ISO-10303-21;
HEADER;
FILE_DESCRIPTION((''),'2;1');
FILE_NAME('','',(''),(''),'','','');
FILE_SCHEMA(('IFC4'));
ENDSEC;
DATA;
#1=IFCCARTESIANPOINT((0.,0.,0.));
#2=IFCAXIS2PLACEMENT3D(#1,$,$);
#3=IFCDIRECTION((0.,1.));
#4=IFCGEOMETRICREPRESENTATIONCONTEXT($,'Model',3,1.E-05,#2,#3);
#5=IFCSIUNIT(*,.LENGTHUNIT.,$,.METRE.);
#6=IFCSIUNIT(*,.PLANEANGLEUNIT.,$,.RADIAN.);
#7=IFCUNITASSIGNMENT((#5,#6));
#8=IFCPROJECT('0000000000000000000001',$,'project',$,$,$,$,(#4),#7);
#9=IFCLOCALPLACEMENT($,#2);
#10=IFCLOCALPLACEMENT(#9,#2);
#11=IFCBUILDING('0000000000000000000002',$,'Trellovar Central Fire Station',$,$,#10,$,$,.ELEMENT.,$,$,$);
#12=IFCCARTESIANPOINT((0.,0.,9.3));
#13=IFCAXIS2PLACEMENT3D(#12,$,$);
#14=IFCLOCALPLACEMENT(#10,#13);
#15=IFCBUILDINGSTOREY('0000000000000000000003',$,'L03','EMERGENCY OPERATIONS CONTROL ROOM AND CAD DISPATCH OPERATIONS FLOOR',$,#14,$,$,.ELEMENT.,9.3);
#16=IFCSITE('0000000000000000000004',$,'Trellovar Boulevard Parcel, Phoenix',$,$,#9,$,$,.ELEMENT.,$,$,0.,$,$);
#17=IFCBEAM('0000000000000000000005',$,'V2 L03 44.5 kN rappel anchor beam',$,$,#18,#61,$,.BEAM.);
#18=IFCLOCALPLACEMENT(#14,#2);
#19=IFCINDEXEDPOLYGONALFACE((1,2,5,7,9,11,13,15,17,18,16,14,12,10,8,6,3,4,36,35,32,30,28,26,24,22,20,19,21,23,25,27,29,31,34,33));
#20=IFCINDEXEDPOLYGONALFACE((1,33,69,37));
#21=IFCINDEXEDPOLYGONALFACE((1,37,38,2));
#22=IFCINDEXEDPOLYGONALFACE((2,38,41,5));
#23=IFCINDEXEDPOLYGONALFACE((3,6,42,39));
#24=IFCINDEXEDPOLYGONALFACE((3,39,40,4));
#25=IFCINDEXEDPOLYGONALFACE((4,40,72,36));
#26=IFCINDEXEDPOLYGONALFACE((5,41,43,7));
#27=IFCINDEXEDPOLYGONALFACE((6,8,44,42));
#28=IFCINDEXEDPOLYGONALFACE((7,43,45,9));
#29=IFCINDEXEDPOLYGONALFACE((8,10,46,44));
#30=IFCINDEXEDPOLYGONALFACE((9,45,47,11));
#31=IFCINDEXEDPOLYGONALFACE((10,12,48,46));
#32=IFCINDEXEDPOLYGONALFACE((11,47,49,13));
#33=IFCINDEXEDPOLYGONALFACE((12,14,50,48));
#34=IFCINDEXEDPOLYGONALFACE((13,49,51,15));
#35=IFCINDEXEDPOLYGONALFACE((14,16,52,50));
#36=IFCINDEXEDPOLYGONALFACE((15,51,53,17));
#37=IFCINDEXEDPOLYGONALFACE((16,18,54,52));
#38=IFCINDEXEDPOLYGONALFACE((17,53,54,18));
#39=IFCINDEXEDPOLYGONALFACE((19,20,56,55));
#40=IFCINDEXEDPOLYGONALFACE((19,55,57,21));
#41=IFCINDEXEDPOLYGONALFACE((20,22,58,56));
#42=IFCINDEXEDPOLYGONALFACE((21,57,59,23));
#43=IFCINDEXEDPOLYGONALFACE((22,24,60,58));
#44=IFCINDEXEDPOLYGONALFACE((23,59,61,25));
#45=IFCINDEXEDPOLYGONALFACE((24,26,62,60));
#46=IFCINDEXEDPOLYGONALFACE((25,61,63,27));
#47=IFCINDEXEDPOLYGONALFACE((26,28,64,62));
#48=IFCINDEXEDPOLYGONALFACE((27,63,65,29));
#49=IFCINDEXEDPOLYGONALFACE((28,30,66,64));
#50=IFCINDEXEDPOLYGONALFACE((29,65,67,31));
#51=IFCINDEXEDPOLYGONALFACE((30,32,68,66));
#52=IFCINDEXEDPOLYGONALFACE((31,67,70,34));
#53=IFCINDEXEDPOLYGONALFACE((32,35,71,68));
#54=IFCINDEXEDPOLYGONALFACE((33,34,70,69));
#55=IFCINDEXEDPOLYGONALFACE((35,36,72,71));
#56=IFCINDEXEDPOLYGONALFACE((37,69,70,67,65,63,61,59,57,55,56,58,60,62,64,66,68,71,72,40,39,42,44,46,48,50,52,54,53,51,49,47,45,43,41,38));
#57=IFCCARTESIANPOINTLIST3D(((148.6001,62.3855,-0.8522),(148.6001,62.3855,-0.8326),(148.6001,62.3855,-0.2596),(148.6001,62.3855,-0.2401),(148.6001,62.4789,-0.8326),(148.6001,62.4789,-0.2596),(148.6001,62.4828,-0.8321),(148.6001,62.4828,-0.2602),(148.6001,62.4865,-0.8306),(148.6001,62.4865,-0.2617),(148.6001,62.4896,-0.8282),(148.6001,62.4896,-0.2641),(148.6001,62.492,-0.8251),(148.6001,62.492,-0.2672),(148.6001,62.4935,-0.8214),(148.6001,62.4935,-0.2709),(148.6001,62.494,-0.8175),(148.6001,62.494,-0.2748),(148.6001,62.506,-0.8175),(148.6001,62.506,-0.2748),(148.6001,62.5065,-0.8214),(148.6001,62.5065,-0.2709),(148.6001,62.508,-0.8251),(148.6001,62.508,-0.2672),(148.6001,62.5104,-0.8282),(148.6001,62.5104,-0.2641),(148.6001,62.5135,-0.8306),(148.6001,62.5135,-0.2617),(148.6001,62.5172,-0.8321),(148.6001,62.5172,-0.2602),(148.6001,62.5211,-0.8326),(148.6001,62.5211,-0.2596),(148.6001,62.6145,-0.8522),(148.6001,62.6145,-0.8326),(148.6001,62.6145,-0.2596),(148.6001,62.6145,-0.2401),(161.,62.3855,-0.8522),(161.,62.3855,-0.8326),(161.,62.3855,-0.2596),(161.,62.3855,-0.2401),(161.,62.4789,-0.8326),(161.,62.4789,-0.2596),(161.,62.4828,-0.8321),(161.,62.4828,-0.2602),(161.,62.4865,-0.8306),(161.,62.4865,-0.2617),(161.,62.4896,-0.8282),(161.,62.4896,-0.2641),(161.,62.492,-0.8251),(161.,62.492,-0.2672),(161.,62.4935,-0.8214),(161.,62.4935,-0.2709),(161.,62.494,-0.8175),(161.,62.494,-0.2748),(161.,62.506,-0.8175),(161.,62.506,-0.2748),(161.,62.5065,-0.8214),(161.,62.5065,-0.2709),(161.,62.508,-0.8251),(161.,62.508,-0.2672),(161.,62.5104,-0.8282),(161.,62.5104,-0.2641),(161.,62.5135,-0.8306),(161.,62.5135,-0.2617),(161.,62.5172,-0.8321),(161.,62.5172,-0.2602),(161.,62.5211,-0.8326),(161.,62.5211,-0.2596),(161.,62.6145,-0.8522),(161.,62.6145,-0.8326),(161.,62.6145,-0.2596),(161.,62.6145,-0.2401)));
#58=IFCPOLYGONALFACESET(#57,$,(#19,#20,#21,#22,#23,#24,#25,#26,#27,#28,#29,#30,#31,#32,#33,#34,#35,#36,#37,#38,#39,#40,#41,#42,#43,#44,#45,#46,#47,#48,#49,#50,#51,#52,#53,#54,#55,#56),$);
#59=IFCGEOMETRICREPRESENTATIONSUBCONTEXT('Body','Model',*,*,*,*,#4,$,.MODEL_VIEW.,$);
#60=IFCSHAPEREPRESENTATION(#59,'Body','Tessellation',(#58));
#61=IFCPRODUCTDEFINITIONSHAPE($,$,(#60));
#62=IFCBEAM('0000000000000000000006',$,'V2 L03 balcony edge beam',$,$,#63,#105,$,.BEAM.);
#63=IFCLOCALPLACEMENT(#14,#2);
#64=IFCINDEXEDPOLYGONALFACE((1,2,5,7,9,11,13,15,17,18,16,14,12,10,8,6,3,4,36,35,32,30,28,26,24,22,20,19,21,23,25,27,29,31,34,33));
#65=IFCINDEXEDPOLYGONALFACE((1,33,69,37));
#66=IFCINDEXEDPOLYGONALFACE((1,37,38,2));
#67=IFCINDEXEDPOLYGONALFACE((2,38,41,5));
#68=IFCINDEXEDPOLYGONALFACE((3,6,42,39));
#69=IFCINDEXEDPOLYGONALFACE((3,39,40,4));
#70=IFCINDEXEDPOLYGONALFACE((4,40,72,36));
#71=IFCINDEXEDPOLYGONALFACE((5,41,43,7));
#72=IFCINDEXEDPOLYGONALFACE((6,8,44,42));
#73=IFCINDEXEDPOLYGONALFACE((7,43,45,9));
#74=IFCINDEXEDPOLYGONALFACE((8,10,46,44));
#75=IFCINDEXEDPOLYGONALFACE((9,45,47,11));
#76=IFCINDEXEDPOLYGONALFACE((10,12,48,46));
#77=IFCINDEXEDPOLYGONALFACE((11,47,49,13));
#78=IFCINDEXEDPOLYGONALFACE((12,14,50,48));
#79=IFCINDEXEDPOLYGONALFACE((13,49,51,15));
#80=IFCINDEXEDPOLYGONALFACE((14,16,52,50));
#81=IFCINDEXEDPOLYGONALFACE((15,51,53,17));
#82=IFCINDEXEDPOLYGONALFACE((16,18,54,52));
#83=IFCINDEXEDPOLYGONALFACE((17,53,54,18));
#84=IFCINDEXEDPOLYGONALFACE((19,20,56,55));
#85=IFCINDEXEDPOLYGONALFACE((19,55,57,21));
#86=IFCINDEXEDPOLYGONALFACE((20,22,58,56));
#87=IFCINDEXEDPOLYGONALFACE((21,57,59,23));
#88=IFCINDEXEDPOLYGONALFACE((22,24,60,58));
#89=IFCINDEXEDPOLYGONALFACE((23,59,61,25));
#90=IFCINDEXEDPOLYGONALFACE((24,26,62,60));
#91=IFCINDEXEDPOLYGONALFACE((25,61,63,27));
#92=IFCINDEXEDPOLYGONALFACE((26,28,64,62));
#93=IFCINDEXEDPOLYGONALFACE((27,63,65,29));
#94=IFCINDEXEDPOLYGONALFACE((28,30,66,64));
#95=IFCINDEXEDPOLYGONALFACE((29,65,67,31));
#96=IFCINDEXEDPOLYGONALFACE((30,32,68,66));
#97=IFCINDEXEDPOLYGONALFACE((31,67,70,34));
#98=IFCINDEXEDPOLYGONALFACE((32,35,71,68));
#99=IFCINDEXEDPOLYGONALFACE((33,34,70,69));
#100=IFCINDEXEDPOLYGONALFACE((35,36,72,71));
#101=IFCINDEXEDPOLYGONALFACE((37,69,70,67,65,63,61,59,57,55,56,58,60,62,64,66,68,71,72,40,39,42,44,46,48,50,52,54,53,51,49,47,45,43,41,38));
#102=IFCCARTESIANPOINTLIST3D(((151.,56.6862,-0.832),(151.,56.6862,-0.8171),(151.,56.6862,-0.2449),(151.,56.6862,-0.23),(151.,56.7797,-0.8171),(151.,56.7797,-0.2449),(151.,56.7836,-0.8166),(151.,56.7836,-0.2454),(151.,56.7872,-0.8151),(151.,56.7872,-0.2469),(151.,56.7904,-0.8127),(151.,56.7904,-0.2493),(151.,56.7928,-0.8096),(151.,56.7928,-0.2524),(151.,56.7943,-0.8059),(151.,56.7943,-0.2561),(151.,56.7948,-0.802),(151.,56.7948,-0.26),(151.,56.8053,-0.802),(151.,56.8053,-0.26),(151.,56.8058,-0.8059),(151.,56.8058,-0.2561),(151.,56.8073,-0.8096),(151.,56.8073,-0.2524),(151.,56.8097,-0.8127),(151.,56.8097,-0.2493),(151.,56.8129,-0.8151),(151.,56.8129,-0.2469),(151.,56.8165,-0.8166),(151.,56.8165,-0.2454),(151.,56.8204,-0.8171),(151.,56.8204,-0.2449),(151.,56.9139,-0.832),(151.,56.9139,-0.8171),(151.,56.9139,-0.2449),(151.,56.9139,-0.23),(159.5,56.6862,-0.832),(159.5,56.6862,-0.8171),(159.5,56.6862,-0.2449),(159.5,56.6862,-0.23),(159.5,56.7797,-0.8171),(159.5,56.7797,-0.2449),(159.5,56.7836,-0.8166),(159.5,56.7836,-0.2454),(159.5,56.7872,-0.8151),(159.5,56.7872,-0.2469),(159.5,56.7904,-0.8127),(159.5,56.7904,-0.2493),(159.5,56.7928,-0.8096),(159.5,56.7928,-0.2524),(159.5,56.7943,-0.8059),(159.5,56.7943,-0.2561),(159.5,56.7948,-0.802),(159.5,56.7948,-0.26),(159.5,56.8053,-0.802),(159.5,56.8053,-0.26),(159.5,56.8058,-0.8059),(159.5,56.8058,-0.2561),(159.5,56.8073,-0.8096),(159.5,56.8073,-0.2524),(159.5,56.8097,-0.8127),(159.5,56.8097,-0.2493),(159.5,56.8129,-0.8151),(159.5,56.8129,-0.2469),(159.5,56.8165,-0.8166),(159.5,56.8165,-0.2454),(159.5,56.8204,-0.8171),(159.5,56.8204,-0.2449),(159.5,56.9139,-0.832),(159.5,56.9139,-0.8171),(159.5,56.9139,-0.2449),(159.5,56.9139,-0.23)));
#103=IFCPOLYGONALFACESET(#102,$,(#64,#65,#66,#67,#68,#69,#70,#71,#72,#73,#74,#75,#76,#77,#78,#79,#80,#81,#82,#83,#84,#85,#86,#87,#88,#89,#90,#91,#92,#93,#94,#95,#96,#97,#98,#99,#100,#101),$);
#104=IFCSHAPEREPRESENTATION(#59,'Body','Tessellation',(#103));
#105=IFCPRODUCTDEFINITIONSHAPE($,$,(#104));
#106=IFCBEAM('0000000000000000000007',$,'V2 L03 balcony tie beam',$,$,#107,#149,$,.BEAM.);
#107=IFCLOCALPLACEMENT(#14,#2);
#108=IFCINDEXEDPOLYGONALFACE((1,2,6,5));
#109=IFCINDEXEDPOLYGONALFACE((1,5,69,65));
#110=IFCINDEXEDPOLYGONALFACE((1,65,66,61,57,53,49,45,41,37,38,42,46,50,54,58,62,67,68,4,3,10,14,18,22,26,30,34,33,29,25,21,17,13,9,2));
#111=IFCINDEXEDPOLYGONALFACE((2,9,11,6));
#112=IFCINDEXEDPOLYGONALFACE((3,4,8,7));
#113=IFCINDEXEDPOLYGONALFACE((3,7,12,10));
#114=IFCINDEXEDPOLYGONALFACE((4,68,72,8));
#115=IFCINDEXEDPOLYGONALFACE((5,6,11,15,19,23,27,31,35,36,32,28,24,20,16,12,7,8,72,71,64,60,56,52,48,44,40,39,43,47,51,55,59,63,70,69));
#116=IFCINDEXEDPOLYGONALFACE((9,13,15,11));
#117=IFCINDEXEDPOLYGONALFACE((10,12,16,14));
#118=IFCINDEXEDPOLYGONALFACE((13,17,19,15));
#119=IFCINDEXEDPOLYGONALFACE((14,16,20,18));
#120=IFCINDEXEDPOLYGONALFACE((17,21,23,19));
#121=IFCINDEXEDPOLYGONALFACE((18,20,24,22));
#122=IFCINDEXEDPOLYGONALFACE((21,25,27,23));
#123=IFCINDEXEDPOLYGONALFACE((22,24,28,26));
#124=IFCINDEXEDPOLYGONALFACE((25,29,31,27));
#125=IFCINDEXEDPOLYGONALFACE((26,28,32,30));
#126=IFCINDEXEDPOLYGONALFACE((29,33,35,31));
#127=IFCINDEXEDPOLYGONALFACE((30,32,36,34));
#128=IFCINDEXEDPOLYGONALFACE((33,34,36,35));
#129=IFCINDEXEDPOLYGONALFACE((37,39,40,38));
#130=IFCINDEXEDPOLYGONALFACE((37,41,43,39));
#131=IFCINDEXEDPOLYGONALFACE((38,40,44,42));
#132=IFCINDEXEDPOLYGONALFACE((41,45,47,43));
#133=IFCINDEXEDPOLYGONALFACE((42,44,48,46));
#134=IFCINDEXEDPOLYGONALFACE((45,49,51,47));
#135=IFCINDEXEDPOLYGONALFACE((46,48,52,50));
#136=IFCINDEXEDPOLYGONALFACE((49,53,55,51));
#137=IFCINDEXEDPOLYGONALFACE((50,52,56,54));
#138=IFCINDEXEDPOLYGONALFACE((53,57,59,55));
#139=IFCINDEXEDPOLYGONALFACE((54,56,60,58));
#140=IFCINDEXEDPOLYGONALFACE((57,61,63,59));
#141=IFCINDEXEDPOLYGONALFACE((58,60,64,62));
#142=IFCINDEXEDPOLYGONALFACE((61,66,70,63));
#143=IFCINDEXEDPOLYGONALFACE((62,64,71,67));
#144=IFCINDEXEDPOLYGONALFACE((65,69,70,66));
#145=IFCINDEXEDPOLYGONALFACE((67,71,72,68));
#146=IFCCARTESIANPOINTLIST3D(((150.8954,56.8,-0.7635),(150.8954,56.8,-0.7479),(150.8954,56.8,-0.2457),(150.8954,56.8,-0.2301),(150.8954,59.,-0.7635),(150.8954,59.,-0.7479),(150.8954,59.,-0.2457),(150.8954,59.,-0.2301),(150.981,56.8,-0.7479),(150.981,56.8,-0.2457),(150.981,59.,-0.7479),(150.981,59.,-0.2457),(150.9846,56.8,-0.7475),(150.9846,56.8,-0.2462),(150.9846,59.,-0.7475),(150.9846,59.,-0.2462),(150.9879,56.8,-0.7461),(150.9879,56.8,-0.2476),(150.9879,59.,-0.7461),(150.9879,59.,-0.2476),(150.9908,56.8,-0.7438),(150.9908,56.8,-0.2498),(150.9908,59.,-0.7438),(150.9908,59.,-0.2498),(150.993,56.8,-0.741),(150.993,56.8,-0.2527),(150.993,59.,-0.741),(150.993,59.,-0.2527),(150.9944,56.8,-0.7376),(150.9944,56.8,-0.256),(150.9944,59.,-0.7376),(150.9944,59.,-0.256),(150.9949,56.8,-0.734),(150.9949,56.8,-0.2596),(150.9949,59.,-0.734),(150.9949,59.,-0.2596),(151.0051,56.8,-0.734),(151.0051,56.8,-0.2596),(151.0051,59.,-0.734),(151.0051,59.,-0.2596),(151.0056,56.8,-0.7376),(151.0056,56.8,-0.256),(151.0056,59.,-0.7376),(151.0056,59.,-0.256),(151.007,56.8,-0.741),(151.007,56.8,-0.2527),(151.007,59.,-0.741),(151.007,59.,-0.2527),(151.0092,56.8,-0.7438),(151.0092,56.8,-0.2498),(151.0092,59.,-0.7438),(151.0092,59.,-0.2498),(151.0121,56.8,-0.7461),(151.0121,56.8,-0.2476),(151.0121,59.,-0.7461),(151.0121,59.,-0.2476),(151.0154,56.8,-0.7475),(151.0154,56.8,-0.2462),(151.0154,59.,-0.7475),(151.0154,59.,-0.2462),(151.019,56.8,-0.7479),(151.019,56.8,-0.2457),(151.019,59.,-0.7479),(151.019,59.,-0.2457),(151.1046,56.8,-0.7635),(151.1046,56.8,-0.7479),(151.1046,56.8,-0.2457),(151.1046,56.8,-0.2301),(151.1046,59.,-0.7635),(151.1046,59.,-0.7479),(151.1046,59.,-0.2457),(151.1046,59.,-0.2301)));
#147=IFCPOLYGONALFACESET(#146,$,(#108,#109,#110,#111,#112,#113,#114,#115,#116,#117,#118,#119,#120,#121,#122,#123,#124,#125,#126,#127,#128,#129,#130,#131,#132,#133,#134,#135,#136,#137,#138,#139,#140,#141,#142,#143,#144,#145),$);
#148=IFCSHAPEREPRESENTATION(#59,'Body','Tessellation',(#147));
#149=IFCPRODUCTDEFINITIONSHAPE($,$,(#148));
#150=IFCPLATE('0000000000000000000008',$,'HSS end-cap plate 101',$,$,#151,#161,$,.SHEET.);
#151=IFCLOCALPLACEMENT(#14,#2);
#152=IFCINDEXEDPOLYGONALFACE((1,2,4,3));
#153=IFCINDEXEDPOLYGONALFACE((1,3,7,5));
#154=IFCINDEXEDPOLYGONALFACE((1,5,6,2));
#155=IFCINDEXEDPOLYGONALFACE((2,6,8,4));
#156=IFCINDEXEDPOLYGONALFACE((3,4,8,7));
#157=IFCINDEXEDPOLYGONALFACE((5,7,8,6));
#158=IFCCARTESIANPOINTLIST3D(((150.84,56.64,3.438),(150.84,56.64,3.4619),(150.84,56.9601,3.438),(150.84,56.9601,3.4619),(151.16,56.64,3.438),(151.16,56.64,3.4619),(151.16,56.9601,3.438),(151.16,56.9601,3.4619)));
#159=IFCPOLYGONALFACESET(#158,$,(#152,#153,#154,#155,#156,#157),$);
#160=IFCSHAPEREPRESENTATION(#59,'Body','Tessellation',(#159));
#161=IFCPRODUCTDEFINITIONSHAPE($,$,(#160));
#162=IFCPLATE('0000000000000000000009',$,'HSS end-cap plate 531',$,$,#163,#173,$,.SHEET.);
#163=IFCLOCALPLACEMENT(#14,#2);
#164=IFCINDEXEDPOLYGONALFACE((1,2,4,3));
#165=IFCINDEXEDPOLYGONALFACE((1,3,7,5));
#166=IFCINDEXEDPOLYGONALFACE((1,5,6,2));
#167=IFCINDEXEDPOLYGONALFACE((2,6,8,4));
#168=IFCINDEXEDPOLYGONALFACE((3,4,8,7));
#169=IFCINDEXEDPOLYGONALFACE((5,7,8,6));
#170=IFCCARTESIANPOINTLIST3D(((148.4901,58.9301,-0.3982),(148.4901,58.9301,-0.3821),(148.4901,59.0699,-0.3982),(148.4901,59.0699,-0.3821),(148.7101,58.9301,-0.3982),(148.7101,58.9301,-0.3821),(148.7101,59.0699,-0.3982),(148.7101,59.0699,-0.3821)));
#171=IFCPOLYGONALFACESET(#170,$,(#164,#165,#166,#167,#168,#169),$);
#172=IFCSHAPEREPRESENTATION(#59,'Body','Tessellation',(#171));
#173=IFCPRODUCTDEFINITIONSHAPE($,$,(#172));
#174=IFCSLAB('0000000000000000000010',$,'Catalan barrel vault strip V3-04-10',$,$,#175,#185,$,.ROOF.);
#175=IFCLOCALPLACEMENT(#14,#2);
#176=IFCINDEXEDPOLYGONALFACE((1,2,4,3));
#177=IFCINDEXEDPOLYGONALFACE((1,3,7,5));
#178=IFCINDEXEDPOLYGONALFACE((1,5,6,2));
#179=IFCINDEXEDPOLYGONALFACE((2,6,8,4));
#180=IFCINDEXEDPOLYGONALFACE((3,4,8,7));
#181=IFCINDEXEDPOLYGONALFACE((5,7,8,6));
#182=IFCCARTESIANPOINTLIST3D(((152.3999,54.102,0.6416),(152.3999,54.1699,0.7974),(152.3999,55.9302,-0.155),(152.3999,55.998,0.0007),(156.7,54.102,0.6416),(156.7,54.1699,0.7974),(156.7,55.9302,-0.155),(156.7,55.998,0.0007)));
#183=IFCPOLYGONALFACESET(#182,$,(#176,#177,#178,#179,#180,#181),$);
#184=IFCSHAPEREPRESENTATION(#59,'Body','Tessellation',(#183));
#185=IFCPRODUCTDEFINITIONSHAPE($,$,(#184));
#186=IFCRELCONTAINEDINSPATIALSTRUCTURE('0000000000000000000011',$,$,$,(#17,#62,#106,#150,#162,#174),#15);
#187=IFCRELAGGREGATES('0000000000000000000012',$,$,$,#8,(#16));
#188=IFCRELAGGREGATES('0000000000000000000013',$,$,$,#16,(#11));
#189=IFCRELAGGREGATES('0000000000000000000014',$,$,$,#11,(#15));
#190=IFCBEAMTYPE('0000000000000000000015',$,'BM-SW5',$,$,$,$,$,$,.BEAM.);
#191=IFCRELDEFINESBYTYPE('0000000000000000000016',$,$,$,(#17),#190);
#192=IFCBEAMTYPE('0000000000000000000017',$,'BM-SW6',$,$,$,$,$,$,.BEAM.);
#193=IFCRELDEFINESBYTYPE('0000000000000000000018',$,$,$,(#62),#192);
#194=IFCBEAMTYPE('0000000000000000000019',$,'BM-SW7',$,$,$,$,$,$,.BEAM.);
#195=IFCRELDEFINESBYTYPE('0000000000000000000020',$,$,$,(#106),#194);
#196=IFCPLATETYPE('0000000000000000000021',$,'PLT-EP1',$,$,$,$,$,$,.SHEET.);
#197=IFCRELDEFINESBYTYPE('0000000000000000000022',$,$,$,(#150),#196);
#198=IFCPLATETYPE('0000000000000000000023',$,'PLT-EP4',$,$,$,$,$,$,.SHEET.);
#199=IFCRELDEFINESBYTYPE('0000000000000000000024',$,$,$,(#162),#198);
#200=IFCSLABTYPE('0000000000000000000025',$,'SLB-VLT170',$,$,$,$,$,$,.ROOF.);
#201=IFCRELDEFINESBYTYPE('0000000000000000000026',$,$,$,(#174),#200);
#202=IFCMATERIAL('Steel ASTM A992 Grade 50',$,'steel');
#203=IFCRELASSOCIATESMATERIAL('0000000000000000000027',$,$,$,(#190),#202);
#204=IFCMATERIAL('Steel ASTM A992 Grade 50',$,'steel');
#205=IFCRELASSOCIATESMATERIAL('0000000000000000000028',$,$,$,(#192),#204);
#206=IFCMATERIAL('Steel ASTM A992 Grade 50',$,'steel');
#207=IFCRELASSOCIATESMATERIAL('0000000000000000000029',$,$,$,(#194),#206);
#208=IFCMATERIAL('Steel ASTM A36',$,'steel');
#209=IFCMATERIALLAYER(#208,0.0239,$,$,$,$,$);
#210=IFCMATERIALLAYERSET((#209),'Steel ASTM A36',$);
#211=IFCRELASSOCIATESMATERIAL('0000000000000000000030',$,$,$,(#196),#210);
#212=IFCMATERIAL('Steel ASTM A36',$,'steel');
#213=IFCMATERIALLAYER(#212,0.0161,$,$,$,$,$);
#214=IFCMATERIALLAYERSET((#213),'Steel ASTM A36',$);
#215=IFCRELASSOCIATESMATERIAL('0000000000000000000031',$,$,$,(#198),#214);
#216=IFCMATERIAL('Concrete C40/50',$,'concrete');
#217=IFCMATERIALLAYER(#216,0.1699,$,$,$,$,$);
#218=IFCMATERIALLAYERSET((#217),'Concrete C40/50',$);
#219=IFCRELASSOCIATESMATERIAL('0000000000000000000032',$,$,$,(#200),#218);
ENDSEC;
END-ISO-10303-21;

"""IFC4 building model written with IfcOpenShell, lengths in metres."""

from ifc_helpers import new_model, si_unit, direction, frame, origin, origin_2d, place, context, subcontext, project, spatial, polyline, rectangle, i_section, outline, extrude, material, layer, layer_set, material_profile, profile_set, type_object, element, save


model = new_model("IFC4")

# Units and contexts
model_context = context("Model", 3, precision=1e-05, world=origin(), true_north=direction((0.0, 1.0)))
body_context = subcontext(model_context, "Body", "Model", "MODEL_VIEW")
ifc_project = project(units=[si_unit("LENGTHUNIT", "METRE"), si_unit("PLANEANGLEUNIT", "RADIAN")], contexts=[model_context])

# Site, building, storey
site_placement = place(None, origin())
site = spatial("IfcSite", under=ifc_project, at=site_placement, Name="Trellovar Boulevard Parcel, Phoenix", CompositionType="ELEMENT", RefElevation=0.0)
building_placement = place(site_placement, origin())
building = spatial("IfcBuilding", under=site, at=building_placement, Name="Trellovar Central Fire Station", CompositionType="ELEMENT")
storey_placement = place(building_placement, frame((0.0, 0.0, 9.3)))
storey = spatial("IfcBuildingStorey", under=building, at=storey_placement, Name="L03", Description="EMERGENCY OPERATIONS CONTROL ROOM AND CAD DISPATCH OPERATIONS FLOOR", CompositionType="ELEMENT", Elevation=9.3)

# Beams
ifc_material_1 = material(Name="Steel ASTM A992 Grade 50", Category="steel")
ifc_material_profile_1 = material_profile(ifc_material_1, i_section(OverallWidth=0.229, OverallDepth=0.6121, WebThickness=0.012, FlangeThickness=0.0195, FilletRadius=0.0151, at=origin_2d()), Name="W24X84")
ifc_profile_set_1 = profile_set([ifc_material_profile_1], Name="Steel ASTM A992 Grade 50")
beam_type_1 = type_object("IfcBeamType", Name="BM-SW5", PredefinedType="BEAM", material=ifc_profile_set_1)
beam_1_placement = place(storey_placement, frame((148.6001, 62.5, -0.5461), z_axis=(1.0, 0.0, 0.0), x_axis=(0.0, 1.0, 0.0)))
element("IfcBeam", 1, at=beam_1_placement, inside=storey, type_object=beam_type_1, Name="V2 L03 44.5 kN rappel anchor beam", PredefinedType="BEAM", context=body_context, shape_type="SweptSolid", body=[
    extrude(i_section(OverallWidth=0.229, OverallDepth=0.6121, WebThickness=0.012, FlangeThickness=0.0195, FilletRadius=0.0151, at=origin_2d()), origin(), (0.0, 0.0, 1.0), 12.3999),
])
ifc_material_2 = material(Name="Steel ASTM A992 Grade 50", Category="steel")
ifc_material_profile_2 = material_profile(ifc_material_2, i_section(OverallWidth=0.2278, OverallDepth=0.6021, WebThickness=0.0105, FlangeThickness=0.0149, FilletRadius=0.0151, at=origin_2d()), Name="W24X68")
ifc_profile_set_2 = profile_set([ifc_material_profile_2], Name="Steel ASTM A992 Grade 50")
beam_type_2 = type_object("IfcBeamType", Name="BM-SW6", PredefinedType="BEAM", material=ifc_profile_set_2)
beam_2_placement = place(storey_placement, frame((151.0, 56.8, -0.531), z_axis=(1.0, 0.0, 0.0), x_axis=(0.0, 1.0, 0.0)))
element("IfcBeam", 2, at=beam_2_placement, inside=storey, type_object=beam_type_2, Name="V2 L03 balcony edge beam", PredefinedType="BEAM", context=body_context, shape_type="SweptSolid", body=[
    extrude(i_section(OverallWidth=0.2278, OverallDepth=0.6021, WebThickness=0.0105, FlangeThickness=0.0149, FilletRadius=0.0151, at=origin_2d()), origin(), (0.0, 0.0, 1.0), 8.5),
])
ifc_material_3 = material(Name="Steel ASTM A992 Grade 50", Category="steel")
ifc_material_profile_3 = material_profile(ifc_material_3, i_section(OverallWidth=0.2092, OverallDepth=0.5334, WebThickness=0.0103, FlangeThickness=0.0156, FilletRadius=0.0139, at=origin_2d()), Name="W21X62")
ifc_profile_set_3 = profile_set([ifc_material_profile_3], Name="Steel ASTM A992 Grade 50")
beam_type_3 = type_object("IfcBeamType", Name="BM-SW7", PredefinedType="BEAM", material=ifc_profile_set_3)
beam_3_placement = place(storey_placement, frame((151.0, 56.8, -0.4968), z_axis=(0.0, 1.0, 0.0), x_axis=(-1.0, 0.0, 0.0)))
element("IfcBeam", 3, at=beam_3_placement, inside=storey, type_object=beam_type_3, Name="V2 L03 balcony tie beam", PredefinedType="BEAM", context=body_context, shape_type="SweptSolid", body=[
    extrude(i_section(OverallWidth=0.2092, OverallDepth=0.5334, WebThickness=0.0103, FlangeThickness=0.0156, FilletRadius=0.0139, at=origin_2d()), origin(), (0.0, 0.0, 1.0), 2.2),
])

# Plates
ifc_material_4 = material(Name="Steel ASTM A36", Category="steel")
ifc_layer_1 = layer(ifc_material_4, 0.0239)
ifc_layer_set_1 = layer_set([ifc_layer_1], Name="Steel ASTM A36")
plate_type_1 = type_object("IfcPlateType", Name="PLT-EP1", PredefinedType="SHEET", material=ifc_layer_set_1)
plate_1_placement = place(storey_placement, frame((151.0, 56.8, 3.438), z_axis=(0.0, 0.0, 1.0), x_axis=(1.0, 0.0, 0.0)))
element("IfcPlate", 4, at=plate_1_placement, inside=storey, type_object=plate_type_1, Name="HSS end-cap plate 101", PredefinedType="SHEET", context=body_context, shape_type="SweptSolid", body=[
    extrude(rectangle(XDim=0.3201, YDim=0.3201, at=origin_2d()), origin(), (0.0, 0.0, 1.0), 0.0239),
])
ifc_material_5 = material(Name="Steel ASTM A36", Category="steel")
ifc_layer_2 = layer(ifc_material_5, 0.0161)
ifc_layer_set_2 = layer_set([ifc_layer_2], Name="Steel ASTM A36")
plate_type_2 = type_object("IfcPlateType", Name="PLT-EP4", PredefinedType="SHEET", material=ifc_layer_set_2)
plate_2_placement = place(storey_placement, frame((148.6001, 59.0, -0.3982), z_axis=(0.0, 0.0, 1.0), x_axis=(1.0, 0.0, 0.0)))
element("IfcPlate", 5, at=plate_2_placement, inside=storey, type_object=plate_type_2, Name="HSS end-cap plate 531", PredefinedType="SHEET", context=body_context, shape_type="SweptSolid", body=[
    extrude(rectangle(XDim=0.22, YDim=0.1399, at=origin_2d()), origin(), (0.0, 0.0, 1.0), 0.0161),
])

# Slab
ifc_material_6 = material(Name="Concrete C40/50", Category="concrete")
ifc_layer_3 = layer(ifc_material_6, 0.1699)
ifc_layer_set_3 = layer_set([ifc_layer_3], Name="Concrete C40/50")
slab_type = type_object("IfcSlabType", Name="SLB-VLT170", PredefinedType="ROOF", material=ifc_layer_set_3)
slab_placement = place(storey_placement, frame((152.3999, 54.1699, 0.7974), z_axis=(0.0, 0.399483, 0.916741), x_axis=(1.0, 0.0, 0.0)))
element("IfcSlab", 6, at=slab_placement, inside=storey, type_object=slab_type, Name="Catalan barrel vault strip V3-04-10", PredefinedType="ROOF", context=body_context, shape_type="SweptSolid", body=[
    extrude(outline(polyline([(0.0, 0.0), (4.3, 0.0), (4.3, 1.9942), (0.0, 1.9942), (0.0, 0.0)])), origin(), (0.0, 0.0, -1.0), 0.1699),
])

save(model, "model.ifc")
